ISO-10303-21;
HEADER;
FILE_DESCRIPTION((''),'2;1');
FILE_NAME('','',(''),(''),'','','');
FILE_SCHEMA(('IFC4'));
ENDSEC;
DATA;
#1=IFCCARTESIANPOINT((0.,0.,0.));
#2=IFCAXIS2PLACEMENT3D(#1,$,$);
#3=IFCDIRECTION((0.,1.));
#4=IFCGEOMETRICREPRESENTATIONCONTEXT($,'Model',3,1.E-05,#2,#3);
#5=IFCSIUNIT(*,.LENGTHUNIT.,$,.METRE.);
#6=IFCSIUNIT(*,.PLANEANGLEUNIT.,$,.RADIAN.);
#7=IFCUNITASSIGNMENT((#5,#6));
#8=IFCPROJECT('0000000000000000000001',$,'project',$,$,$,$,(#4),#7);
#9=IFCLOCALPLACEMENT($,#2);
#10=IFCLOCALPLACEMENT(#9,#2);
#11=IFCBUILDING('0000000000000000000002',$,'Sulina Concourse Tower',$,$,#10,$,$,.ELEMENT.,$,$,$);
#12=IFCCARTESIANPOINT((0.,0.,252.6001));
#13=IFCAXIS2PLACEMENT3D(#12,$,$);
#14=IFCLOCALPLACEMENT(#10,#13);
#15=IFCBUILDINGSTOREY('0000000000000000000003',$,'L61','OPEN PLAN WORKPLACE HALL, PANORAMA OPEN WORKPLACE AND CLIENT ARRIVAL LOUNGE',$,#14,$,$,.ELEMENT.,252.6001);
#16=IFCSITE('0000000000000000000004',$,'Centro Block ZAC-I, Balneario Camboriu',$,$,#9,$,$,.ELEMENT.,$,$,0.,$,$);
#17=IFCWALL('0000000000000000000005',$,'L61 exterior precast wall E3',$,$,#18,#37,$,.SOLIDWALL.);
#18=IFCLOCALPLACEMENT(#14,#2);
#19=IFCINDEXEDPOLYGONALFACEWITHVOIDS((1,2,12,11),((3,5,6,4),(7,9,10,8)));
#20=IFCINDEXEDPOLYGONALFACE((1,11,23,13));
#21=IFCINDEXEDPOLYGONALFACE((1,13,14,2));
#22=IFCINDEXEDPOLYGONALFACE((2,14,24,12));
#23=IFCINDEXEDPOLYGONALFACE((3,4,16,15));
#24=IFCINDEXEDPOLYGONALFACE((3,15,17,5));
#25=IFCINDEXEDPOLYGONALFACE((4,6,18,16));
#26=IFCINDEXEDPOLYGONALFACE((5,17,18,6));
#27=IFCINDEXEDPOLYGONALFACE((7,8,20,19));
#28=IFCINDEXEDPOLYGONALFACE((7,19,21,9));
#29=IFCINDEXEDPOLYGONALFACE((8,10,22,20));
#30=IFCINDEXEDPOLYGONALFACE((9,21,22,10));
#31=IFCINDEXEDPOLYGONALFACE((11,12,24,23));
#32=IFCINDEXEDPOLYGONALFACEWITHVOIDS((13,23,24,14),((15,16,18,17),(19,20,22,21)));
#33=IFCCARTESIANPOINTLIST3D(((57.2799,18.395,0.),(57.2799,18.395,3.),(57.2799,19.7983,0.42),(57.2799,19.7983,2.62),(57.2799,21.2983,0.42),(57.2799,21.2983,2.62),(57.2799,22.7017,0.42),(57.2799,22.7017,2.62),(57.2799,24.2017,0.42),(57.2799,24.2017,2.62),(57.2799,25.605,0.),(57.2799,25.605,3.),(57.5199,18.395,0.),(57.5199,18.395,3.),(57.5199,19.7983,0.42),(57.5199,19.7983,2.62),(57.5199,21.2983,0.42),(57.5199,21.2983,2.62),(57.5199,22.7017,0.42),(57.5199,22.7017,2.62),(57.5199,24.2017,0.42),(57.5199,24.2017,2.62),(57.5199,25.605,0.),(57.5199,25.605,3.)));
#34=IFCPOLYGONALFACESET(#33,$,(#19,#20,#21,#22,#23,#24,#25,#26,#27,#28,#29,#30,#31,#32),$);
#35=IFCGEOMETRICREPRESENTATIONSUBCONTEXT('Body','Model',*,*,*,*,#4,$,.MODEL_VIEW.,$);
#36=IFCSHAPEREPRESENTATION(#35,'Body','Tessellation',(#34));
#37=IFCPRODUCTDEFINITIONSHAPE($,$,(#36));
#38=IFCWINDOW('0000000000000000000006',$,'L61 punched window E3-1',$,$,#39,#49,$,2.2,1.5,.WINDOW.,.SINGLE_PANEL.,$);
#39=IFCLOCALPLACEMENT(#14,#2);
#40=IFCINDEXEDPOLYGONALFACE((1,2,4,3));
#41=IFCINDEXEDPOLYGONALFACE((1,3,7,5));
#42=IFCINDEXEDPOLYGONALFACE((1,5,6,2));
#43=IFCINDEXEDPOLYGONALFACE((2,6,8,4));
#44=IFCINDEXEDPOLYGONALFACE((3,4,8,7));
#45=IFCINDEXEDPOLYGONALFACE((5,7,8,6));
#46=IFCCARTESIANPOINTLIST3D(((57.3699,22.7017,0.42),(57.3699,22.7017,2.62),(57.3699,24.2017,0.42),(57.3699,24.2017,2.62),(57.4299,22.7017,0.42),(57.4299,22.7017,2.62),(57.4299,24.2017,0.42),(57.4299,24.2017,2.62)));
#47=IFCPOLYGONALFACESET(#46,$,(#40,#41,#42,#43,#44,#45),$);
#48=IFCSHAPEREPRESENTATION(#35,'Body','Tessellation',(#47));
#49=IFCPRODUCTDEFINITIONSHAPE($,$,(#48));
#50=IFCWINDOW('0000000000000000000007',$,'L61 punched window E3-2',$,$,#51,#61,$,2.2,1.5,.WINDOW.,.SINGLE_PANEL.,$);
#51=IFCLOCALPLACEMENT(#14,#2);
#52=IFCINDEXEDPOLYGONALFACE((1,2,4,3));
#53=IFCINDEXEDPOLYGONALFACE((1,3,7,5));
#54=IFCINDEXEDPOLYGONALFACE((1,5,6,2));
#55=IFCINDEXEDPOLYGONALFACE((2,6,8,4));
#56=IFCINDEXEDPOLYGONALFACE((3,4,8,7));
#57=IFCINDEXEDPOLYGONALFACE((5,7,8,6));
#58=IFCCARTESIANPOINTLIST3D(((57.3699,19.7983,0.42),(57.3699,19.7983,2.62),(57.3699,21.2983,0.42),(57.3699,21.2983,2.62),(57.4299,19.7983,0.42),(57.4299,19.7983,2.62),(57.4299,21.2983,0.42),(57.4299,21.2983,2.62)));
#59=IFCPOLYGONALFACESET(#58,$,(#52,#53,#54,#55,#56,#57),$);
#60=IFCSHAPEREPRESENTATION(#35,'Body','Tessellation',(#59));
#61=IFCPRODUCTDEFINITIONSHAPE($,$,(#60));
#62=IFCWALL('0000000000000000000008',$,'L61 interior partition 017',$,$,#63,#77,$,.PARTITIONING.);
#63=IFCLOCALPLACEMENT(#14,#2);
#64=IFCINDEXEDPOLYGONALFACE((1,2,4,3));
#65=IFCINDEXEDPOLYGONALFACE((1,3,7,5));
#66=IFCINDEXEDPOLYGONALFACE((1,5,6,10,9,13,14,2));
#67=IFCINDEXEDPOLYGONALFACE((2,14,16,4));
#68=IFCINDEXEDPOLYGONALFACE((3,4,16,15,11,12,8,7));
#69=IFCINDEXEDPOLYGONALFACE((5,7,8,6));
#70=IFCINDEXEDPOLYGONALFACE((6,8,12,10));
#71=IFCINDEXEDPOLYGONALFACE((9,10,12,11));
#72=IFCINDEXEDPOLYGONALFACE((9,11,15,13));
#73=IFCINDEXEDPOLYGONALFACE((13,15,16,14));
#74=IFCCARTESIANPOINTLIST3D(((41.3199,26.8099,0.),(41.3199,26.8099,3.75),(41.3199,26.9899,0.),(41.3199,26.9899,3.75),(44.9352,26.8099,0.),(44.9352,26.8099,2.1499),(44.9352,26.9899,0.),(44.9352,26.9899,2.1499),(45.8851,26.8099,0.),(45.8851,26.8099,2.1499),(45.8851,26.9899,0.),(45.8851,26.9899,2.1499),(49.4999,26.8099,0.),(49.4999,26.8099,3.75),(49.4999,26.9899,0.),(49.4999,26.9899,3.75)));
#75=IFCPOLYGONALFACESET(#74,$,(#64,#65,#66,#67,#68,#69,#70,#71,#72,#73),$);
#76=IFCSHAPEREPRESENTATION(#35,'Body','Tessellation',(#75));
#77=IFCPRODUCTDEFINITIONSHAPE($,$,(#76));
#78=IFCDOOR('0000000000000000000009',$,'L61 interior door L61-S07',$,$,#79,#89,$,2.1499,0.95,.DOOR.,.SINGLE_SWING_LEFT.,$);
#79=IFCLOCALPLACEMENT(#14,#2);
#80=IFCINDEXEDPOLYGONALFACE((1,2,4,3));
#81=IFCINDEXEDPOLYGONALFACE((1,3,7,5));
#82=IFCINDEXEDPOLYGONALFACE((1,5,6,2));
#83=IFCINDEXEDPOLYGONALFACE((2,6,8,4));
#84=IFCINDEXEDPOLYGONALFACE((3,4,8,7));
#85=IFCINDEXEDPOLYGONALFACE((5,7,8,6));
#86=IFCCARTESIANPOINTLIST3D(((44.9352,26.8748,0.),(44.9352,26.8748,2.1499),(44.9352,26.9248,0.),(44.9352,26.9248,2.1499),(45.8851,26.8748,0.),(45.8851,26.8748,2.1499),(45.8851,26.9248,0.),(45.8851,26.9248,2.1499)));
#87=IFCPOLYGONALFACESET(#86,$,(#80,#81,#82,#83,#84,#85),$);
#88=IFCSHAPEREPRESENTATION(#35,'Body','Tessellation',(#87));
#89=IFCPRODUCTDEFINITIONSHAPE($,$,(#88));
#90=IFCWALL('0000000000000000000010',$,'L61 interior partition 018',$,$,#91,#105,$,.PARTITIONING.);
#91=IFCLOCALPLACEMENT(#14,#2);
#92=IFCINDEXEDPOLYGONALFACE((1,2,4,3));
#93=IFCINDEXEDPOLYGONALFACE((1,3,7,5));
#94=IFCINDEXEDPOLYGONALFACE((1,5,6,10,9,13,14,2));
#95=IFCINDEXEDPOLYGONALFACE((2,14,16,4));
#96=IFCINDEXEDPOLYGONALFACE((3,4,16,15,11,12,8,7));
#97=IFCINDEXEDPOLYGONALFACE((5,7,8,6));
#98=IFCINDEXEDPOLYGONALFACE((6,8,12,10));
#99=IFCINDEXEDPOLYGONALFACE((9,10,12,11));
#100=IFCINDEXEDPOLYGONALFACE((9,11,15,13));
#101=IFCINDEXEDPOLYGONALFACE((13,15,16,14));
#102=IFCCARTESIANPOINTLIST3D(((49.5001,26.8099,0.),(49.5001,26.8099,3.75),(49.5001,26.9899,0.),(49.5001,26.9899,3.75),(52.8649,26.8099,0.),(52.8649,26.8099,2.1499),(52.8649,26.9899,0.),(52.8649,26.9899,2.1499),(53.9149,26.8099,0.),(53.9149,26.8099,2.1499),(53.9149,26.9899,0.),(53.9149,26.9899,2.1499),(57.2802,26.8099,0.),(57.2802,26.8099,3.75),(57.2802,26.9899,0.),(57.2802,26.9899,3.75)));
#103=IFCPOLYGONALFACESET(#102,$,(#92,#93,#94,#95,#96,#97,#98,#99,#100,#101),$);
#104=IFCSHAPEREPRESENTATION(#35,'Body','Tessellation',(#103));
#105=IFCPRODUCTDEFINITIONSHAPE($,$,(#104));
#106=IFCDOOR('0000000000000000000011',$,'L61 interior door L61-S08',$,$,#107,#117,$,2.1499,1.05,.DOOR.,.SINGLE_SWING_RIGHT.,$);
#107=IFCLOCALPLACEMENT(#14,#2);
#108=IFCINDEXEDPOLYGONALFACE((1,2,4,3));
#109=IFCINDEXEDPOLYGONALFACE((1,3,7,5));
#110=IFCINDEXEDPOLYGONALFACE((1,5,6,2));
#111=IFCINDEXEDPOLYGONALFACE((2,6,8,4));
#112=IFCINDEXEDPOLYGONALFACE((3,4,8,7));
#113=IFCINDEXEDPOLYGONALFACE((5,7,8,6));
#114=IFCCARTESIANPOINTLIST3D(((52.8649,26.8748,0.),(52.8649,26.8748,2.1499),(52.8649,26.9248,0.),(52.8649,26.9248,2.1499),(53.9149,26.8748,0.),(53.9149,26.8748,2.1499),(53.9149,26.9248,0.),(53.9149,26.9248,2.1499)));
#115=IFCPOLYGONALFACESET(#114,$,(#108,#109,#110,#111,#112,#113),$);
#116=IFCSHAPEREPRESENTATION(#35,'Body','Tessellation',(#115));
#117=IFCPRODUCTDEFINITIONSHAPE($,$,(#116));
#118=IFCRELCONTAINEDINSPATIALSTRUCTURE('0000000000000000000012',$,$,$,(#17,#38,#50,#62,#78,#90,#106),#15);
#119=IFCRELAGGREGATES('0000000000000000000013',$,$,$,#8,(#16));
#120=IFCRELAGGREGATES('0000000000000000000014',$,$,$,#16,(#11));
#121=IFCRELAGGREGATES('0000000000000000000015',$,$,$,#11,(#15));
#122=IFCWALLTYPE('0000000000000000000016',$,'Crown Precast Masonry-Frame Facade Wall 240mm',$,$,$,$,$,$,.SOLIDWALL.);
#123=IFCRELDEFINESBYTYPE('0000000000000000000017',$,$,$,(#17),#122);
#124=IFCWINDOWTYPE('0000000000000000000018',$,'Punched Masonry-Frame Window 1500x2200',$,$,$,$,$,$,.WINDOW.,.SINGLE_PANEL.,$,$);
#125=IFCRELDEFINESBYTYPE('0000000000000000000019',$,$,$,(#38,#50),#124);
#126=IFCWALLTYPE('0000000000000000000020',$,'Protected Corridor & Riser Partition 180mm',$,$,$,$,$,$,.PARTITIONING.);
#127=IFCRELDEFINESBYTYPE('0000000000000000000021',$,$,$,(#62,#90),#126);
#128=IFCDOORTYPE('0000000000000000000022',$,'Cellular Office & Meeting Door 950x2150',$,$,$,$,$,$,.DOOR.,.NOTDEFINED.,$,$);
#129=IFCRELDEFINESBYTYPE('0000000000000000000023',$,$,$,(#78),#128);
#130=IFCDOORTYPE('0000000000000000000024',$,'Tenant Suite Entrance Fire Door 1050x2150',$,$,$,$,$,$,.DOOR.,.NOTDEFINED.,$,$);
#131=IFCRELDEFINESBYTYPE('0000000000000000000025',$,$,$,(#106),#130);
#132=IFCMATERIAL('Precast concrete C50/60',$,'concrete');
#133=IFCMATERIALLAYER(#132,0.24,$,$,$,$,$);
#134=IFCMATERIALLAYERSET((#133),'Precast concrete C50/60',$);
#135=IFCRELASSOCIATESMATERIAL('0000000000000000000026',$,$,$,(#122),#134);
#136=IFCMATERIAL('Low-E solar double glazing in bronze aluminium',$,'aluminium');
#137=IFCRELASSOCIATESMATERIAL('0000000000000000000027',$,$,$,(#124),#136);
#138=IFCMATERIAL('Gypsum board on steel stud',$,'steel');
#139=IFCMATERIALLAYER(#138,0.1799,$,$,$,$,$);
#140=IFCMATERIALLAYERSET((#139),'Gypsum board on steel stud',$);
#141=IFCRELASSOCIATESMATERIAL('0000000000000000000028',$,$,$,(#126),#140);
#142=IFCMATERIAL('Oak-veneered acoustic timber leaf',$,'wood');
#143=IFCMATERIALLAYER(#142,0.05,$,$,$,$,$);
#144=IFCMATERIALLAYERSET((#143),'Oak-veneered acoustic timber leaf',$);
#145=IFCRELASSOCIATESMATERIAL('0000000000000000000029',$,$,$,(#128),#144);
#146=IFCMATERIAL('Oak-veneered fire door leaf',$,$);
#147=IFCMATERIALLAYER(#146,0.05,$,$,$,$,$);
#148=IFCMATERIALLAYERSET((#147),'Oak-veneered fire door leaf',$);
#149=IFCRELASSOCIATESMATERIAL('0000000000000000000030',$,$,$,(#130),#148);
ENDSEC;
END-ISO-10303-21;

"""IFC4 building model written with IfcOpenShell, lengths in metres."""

from ifc_helpers import new_model, si_unit, direction, frame, frame_2d, origin, place, context, subcontext, project, spatial, rectangle, extrude, material, layer, layer_set, type_object, element, fill, save


model = new_model("IFC4")

# Units and contexts
model_context = context("Model", 3, precision=1e-05, world=origin(), true_north=direction((0.0, 1.0)))
body_context = subcontext(model_context, "Body", "Model", "MODEL_VIEW")
ifc_project = project(units=[si_unit("LENGTHUNIT", "METRE"), si_unit("PLANEANGLEUNIT", "RADIAN")], contexts=[model_context])

# Site, building, storey
site_placement = place(None, origin())
site = spatial("IfcSite", under=ifc_project, at=site_placement, Name="Centro Block ZAC-I, Balneario Camboriu", CompositionType="ELEMENT", RefElevation=0.0)
building_placement = place(site_placement, origin())
building = spatial("IfcBuilding", under=site, at=building_placement, Name="Sulina Concourse Tower", CompositionType="ELEMENT")
storey_placement = place(building_placement, frame((0.0, 0.0, 252.6001)))
storey = spatial("IfcBuildingStorey", under=building, at=storey_placement, Name="L61", Description="OPEN PLAN WORKPLACE HALL, PANORAMA OPEN WORKPLACE AND CLIENT ARRIVAL LOUNGE", CompositionType="ELEMENT", Elevation=252.6001)

# Shared definitions
ifc_material_1 = material(Name="Precast concrete C50/60", Category="concrete")
ifc_layer_1 = layer(ifc_material_1, 0.24)
ifc_layer_set_1 = layer_set([ifc_layer_1], Name="Precast concrete C50/60")
wall_type_1 = type_object("IfcWallType", Name="Crown Precast Masonry-Frame Facade Wall 240mm", PredefinedType="SOLIDWALL", material=ifc_layer_set_1)
ifc_material_2 = material(Name="Low-E solar double glazing in bronze aluminium", Category="aluminium")
window_type = type_object("IfcWindowType", Name="Punched Masonry-Frame Window 1500x2200", PartitioningType="SINGLE_PANEL", PredefinedType="WINDOW", material=ifc_material_2)

# Wall, openings, windows
wall_1_placement = place(storey_placement, frame((57.3999, 25.605, 0.0), z_axis=(0.0, 0.0, 1.0), x_axis=(0.0, -1.0, 0.0)))
wall_1 = element("IfcWall", 1, at=wall_1_placement, inside=storey, type_object=wall_type_1, Name="L61 exterior precast wall E3", PredefinedType="SOLIDWALL", context=body_context, shape_type="SweptSolid", body=[
    extrude(rectangle(XDim=7.21, YDim=0.24, at=frame_2d((3.605, 0.0))), origin(), (0.0, 0.0, 1.0), 3.0),
])
opening_1_placement = place(wall_1_placement, frame((1.4033, 0.0, 0.4199)))
opening_1 = element("IfcOpeningElement", 2, at=opening_1_placement, cuts=wall_1, PredefinedType="OPENING", context=body_context, shape_type="SweptSolid", body=[
    extrude(rectangle(XDim=1.5, YDim=2.2, at=frame_2d((0.75, 1.1001))), frame((0.0, 0.1299, 0.0), z_axis=(0.0, -1.0, 0.0), x_axis=(1.0, 0.0, 0.0)), (0.0, 0.0, 1.0), 0.26),
])
opening_2_placement = place(wall_1_placement, frame((4.3066, 0.0, 0.4199)))
opening_2 = element("IfcOpeningElement", 3, at=opening_2_placement, cuts=wall_1, PredefinedType="OPENING", context=body_context, shape_type="SweptSolid", body=[
    extrude(rectangle(XDim=1.5, YDim=2.2, at=frame_2d((0.75, 1.1001))), frame((0.0, 0.1299, 0.0), z_axis=(0.0, -1.0, 0.0), x_axis=(1.0, 0.0, 0.0)), (0.0, 0.0, 1.0), 0.26),
])
window_1_placement = place(opening_1_placement, origin())
window_1 = element("IfcWindow", 4, at=window_1_placement, inside=storey, type_object=window_type, Name="L61 punched window E3-1", OverallHeight=2.2, OverallWidth=1.5, PartitioningType="SINGLE_PANEL", PredefinedType="WINDOW", context=body_context, shape_type="SweptSolid", body=[
    extrude(rectangle(XDim=1.5, YDim=2.2, at=frame_2d((0.75, 1.1001))), frame((0.0, 0.03, 0.0), z_axis=(0.0, -1.0, 0.0), x_axis=(1.0, 0.0, 0.0)), (0.0, 0.0, 1.0), 0.0601),
])
fill(opening_1, window_1)
window_2_placement = place(opening_2_placement, origin())
window_2 = element("IfcWindow", 5, at=window_2_placement, inside=storey, type_object=window_type, Name="L61 punched window E3-2", OverallHeight=2.2, OverallWidth=1.5, PartitioningType="SINGLE_PANEL", PredefinedType="WINDOW", context=body_context, shape_type="SweptSolid", body=[
    extrude(rectangle(XDim=1.5, YDim=2.2, at=frame_2d((0.75, 1.1001))), frame((0.0, 0.03, 0.0), z_axis=(0.0, -1.0, 0.0), x_axis=(1.0, 0.0, 0.0)), (0.0, 0.0, 1.0), 0.0601),
])
fill(opening_2, window_2)

# Walls, openings, doors
ifc_material_3 = material(Name="Gypsum board on steel stud", Category="steel")
ifc_layer_2 = layer(ifc_material_3, 0.1799)
ifc_layer_set_2 = layer_set([ifc_layer_2], Name="Gypsum board on steel stud")
wall_type_2 = type_object("IfcWallType", Name="Protected Corridor & Riser Partition 180mm", PredefinedType="PARTITIONING", material=ifc_layer_set_2)
wall_2_placement = place(storey_placement, frame((41.3201, 26.8999, 0.0), z_axis=(0.0, 0.0, 1.0), x_axis=(1.0, 0.0, 0.0)))
wall_2 = element("IfcWall", 6, at=wall_2_placement, inside=storey, type_object=wall_type_2, Name="L61 interior partition 017", PredefinedType="PARTITIONING", context=body_context, shape_type="SweptSolid", body=[
    extrude(rectangle(XDim=8.1799, YDim=0.1799, at=frame_2d((4.0898, 0.0))), origin(), (0.0, 0.0, 1.0), 3.75),
])
opening_3_placement = place(wall_2_placement, frame((3.615, 0.0, 0.0)))
opening_3 = element("IfcOpeningElement", 7, at=opening_3_placement, cuts=wall_2, PredefinedType="OPENING", context=body_context, shape_type="SweptSolid", body=[
    extrude(rectangle(XDim=0.95, YDim=2.1499, at=frame_2d((0.4751, 1.075))), frame((0.0, 0.0999, 0.0), z_axis=(0.0, -1.0, 0.0), x_axis=(1.0, 0.0, 0.0)), (0.0, 0.0, 1.0), 0.2),
])
ifc_material_4 = material(Name="Oak-veneered acoustic timber leaf", Category="wood")
ifc_layer_3 = layer(ifc_material_4, 0.05)
ifc_layer_set_3 = layer_set([ifc_layer_3], Name="Oak-veneered acoustic timber leaf")
door_type_1 = type_object("IfcDoorType", Name="Cellular Office & Meeting Door 950x2150", OperationType="NOTDEFINED", PredefinedType="DOOR", material=ifc_layer_set_3)
door_1_placement = place(opening_3_placement, origin())
door_1 = element("IfcDoor", 8, at=door_1_placement, inside=storey, type_object=door_type_1, Name="L61 interior door L61-S07", OperationType="SINGLE_SWING_LEFT", OverallHeight=2.1499, OverallWidth=0.95, PredefinedType="DOOR", context=body_context, shape_type="SweptSolid", body=[
    extrude(rectangle(XDim=0.95, YDim=2.1499, at=frame_2d((0.4751, 1.075))), frame((0.0, 0.0249, 0.0), z_axis=(0.0, -1.0, 0.0), x_axis=(1.0, 0.0, 0.0)), (0.0, 0.0, 1.0), 0.05),
])
fill(opening_3, door_1)
wall_3_placement = place(storey_placement, frame((49.5, 26.8999, 0.0), z_axis=(0.0, 0.0, 1.0), x_axis=(1.0, 0.0, 0.0)))
wall_3 = element("IfcWall", 9, at=wall_3_placement, inside=storey, type_object=wall_type_2, Name="L61 interior partition 018", PredefinedType="PARTITIONING", context=body_context, shape_type="SweptSolid", body=[
    extrude(rectangle(XDim=7.78, YDim=0.1799, at=frame_2d((3.8901, 0.0))), origin(), (0.0, 0.0, 1.0), 3.75),
])
opening_4_placement = place(wall_3_placement, frame((3.365, 0.0, 0.0)))
opening_4 = element("IfcOpeningElement", 10, at=opening_4_placement, cuts=wall_3, PredefinedType="OPENING", context=body_context, shape_type="SweptSolid", body=[
    extrude(rectangle(XDim=1.05, YDim=2.1499, at=frame_2d((0.5249, 1.075))), frame((0.0, 0.0999, 0.0), z_axis=(0.0, -1.0, 0.0), x_axis=(1.0, 0.0, 0.0)), (0.0, 0.0, 1.0), 0.2),
])
ifc_material_5 = material(Name="Oak-veneered fire door leaf")
ifc_layer_4 = layer(ifc_material_5, 0.05)
ifc_layer_set_4 = layer_set([ifc_layer_4], Name="Oak-veneered fire door leaf")
door_type_2 = type_object("IfcDoorType", Name="Tenant Suite Entrance Fire Door 1050x2150", OperationType="NOTDEFINED", PredefinedType="DOOR", material=ifc_layer_set_4)
door_2_placement = place(opening_4_placement, origin())
door_2 = element("IfcDoor", 11, at=door_2_placement, inside=storey, type_object=door_type_2, Name="L61 interior door L61-S08", OperationType="SINGLE_SWING_RIGHT", OverallHeight=2.1499, OverallWidth=1.05, PredefinedType="DOOR", context=body_context, shape_type="SweptSolid", body=[
    extrude(rectangle(XDim=1.05, YDim=2.1499, at=frame_2d((0.5249, 1.075))), frame((0.0, 0.0249, 0.0), z_axis=(0.0, -1.0, 0.0), x_axis=(1.0, 0.0, 0.0)), (0.0, 0.0, 1.0), 0.05),
])
fill(opening_4, door_2)

save(model, "model.ifc")
